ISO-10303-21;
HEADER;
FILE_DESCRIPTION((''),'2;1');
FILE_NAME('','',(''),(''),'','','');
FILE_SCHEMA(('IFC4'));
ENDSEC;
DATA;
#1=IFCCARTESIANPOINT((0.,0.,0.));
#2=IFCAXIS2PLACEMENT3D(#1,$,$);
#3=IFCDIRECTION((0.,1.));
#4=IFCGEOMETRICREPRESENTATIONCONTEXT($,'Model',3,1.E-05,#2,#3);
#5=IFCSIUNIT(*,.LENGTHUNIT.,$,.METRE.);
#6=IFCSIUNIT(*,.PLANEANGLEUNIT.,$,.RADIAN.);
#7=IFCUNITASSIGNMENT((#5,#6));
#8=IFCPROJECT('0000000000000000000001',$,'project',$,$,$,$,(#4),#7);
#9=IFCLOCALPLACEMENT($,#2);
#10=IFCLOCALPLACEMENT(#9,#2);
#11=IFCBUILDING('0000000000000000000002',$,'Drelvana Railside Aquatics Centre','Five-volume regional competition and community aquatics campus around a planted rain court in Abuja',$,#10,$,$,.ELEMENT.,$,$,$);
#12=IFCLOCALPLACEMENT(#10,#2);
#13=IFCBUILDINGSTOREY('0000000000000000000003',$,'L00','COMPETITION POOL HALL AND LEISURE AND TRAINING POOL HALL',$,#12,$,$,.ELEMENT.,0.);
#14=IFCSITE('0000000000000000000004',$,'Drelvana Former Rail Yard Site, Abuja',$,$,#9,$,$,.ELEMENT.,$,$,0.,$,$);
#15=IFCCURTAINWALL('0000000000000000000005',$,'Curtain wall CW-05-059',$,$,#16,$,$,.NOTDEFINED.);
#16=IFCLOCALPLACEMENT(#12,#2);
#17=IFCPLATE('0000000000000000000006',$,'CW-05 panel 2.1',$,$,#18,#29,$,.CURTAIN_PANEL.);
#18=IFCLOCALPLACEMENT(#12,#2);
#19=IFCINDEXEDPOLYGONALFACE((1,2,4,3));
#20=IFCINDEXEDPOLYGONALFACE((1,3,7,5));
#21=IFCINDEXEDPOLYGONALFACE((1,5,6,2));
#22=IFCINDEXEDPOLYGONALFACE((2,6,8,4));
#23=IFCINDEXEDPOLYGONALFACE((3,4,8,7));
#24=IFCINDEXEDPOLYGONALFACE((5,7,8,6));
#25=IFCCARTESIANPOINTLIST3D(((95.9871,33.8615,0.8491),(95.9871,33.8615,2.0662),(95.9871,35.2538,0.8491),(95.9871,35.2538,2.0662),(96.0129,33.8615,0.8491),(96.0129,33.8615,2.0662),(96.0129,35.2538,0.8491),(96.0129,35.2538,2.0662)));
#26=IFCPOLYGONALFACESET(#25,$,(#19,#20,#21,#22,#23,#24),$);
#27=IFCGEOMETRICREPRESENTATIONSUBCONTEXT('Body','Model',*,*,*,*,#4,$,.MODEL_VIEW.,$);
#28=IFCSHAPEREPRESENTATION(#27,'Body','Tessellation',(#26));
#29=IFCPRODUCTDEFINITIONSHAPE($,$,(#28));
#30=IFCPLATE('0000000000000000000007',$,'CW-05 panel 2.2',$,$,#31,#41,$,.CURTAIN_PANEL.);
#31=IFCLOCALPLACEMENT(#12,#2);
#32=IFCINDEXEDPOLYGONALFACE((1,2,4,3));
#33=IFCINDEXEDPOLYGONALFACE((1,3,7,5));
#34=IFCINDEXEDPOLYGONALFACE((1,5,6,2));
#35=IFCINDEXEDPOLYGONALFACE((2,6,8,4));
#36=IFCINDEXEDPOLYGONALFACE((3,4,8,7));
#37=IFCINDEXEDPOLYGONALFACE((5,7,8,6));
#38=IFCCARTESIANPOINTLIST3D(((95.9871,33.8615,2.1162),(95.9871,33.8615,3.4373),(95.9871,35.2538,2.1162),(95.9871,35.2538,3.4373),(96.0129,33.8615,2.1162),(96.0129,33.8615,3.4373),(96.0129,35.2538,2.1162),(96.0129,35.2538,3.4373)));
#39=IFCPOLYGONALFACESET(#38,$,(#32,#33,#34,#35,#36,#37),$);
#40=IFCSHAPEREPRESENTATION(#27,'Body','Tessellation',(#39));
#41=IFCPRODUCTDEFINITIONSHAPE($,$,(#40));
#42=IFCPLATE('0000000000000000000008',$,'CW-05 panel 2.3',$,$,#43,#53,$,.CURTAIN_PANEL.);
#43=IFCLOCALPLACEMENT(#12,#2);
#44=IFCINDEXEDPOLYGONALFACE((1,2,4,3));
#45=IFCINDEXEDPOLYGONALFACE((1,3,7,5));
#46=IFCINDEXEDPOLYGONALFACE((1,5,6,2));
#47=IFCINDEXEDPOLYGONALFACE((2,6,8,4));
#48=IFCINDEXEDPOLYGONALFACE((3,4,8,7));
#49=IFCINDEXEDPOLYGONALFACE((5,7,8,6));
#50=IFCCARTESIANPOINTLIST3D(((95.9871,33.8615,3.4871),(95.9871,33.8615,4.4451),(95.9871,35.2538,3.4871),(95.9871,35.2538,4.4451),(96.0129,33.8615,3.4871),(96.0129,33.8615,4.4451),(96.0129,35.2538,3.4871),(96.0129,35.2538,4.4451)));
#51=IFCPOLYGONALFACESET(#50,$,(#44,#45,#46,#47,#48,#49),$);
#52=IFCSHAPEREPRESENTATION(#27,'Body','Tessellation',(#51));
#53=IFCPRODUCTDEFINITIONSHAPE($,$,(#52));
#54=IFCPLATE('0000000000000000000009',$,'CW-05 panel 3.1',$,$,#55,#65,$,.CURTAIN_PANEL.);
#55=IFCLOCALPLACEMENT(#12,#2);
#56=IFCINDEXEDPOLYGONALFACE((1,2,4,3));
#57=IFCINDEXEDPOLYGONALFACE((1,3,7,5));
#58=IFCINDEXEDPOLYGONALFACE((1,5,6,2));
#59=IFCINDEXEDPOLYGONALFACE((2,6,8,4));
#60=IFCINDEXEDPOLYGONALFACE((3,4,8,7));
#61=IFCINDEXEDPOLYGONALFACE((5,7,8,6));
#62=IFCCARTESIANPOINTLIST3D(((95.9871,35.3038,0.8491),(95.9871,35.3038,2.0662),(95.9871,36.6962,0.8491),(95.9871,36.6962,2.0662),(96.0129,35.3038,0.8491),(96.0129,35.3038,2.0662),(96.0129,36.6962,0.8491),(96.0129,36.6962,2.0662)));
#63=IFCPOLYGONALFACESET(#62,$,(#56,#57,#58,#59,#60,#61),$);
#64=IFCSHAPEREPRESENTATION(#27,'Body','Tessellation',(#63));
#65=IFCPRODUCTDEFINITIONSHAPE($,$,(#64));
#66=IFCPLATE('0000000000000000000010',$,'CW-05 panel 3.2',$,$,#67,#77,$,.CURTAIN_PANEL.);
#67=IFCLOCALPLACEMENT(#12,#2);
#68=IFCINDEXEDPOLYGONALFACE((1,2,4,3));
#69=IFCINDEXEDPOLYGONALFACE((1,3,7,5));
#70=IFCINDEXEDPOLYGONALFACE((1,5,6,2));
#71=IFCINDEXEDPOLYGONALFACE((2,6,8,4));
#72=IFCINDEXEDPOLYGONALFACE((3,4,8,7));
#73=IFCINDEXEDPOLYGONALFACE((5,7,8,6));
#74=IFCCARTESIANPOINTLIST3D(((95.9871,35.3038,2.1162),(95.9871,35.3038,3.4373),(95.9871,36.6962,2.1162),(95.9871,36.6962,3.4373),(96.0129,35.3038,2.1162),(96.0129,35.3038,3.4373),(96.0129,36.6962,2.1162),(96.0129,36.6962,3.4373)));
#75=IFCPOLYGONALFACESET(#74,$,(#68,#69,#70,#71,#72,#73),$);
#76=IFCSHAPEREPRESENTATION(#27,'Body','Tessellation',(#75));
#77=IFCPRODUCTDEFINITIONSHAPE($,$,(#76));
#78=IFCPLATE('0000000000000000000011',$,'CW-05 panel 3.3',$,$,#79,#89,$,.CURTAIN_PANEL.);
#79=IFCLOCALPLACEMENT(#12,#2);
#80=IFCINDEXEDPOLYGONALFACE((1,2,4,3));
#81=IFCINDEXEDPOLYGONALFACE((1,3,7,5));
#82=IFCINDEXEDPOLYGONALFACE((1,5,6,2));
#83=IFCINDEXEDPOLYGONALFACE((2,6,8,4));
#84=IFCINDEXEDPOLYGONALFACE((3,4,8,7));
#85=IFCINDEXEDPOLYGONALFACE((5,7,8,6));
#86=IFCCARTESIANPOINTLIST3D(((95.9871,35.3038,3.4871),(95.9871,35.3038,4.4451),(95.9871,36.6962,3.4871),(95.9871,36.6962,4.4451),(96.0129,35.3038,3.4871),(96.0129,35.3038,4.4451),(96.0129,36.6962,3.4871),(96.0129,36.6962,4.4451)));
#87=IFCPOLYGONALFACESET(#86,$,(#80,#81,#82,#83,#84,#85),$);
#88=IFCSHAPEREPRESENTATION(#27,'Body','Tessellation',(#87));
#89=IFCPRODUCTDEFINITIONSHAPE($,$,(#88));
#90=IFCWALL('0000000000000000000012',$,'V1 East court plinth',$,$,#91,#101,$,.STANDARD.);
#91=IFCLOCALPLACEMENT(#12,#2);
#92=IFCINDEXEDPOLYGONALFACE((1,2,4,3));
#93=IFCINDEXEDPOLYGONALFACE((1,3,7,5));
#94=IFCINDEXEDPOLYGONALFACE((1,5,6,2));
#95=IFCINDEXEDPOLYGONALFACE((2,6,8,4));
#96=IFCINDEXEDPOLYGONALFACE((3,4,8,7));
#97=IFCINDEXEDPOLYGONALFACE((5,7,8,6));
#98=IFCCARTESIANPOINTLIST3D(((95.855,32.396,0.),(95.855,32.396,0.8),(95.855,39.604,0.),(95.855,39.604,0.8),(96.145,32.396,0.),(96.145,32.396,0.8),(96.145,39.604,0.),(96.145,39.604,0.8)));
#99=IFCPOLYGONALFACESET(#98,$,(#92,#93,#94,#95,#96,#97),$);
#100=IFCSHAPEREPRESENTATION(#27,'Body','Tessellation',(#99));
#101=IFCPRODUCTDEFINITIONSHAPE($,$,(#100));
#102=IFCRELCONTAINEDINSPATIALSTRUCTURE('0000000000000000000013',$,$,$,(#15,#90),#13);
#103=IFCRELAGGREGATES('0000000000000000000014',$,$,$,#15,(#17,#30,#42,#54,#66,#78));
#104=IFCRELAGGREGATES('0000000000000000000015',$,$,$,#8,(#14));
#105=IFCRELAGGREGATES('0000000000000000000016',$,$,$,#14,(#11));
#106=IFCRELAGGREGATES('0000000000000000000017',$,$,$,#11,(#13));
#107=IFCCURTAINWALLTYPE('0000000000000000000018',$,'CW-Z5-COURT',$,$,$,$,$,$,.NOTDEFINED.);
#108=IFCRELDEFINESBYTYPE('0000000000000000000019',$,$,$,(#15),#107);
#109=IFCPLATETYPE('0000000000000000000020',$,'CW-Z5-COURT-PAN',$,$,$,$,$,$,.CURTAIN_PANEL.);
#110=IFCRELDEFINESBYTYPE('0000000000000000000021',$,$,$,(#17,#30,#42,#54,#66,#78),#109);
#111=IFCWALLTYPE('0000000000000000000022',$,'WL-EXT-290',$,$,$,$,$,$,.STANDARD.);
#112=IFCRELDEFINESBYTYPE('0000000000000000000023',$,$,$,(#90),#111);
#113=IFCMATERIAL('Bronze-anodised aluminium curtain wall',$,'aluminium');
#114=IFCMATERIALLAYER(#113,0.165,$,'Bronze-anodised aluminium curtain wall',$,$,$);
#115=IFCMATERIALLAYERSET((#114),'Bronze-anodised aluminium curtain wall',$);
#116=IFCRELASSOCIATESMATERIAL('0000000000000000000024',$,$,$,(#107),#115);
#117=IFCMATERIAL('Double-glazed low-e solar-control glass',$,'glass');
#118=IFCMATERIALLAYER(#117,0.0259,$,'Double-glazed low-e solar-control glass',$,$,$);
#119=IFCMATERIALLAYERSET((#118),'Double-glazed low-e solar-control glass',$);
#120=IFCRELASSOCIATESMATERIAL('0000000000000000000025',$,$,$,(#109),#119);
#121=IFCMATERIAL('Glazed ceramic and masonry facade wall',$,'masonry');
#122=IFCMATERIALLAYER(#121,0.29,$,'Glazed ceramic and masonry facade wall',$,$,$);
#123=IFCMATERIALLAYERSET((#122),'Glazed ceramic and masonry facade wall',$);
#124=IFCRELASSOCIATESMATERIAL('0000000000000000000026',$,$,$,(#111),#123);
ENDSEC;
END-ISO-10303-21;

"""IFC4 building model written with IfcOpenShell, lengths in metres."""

from ifc_helpers import new_model, si_unit, direction, frame, frame_2d, origin, origin_2d, place, context, subcontext, project, spatial, rectangle, extrude, material, layer, layer_set, type_object, element, aggregate, save


model = new_model("IFC4")

# Units and contexts
model_context = context("Model", 3, precision=1e-05, world=origin(), true_north=direction((0.0, 1.0)))
body_context = subcontext(model_context, "Body", "Model", "MODEL_VIEW")
ifc_project = project(units=[si_unit("LENGTHUNIT", "METRE"), si_unit("PLANEANGLEUNIT", "RADIAN")], contexts=[model_context])

# Site, building, storey
site_placement = place(None, origin())
site = spatial("IfcSite", under=ifc_project, at=site_placement, Name="Drelvana Former Rail Yard Site, Abuja", CompositionType="ELEMENT", RefElevation=0.0)
building_placement = place(site_placement, origin())
building = spatial("IfcBuilding", under=site, at=building_placement, Name="Drelvana Railside Aquatics Centre", Description="Five-volume regional competition and community aquatics campus around a planted rain court in Abuja", CompositionType="ELEMENT")
storey_placement = place(building_placement, origin())
storey = spatial("IfcBuildingStorey", under=building, at=storey_placement, Name="L00", Description="COMPETITION POOL HALL AND LEISURE AND TRAINING POOL HALL", CompositionType="ELEMENT", Elevation=0.0)

# Curtain wall
ifc_material_1 = material(Name="Bronze-anodised aluminium curtain wall", Category="aluminium")
ifc_layer_1 = layer(ifc_material_1, 0.165, Name="Bronze-anodised aluminium curtain wall")
ifc_layer_set_1 = layer_set([ifc_layer_1], Name="Bronze-anodised aluminium curtain wall")
curtain_wall_type = type_object("IfcCurtainWallType", Name="CW-Z5-COURT", PredefinedType="NOTDEFINED", material=ifc_layer_set_1)
curtain_wall_placement = place(storey_placement, origin())
curtain_wall = element("IfcCurtainWall", 1, at=curtain_wall_placement, inside=storey, type_object=curtain_wall_type, Name="Curtain wall CW-05-059", PredefinedType="NOTDEFINED")

# Plates
ifc_material_2 = material(Name="Double-glazed low-e solar-control glass", Category="glass")
ifc_layer_2 = layer(ifc_material_2, 0.0259, Name="Double-glazed low-e solar-control glass")
ifc_layer_set_2 = layer_set([ifc_layer_2], Name="Double-glazed low-e solar-control glass")
plate_type = type_object("IfcPlateType", Name="CW-Z5-COURT-PAN", PredefinedType="CURTAIN_PANEL", material=ifc_layer_set_2)
plate_1_placement = place(storey_placement, frame((96.0, 34.5576, 0.8491), z_axis=(0.0, 0.0, 1.0), x_axis=(0.0, 1.0, 0.0)))
plate_1 = element("IfcPlate", 2, at=plate_1_placement, type_object=plate_type, Name="CW-05 panel 2.1", PredefinedType="CURTAIN_PANEL", context=body_context, shape_type="SweptSolid", body=[
    extrude(rectangle(XDim=1.3923, YDim=0.0259, at=origin_2d()), origin(), (0.0, 0.0, 1.0), 1.217),
])
plate_2_placement = place(storey_placement, frame((96.0, 34.5576, 2.1162), z_axis=(0.0, 0.0, 1.0), x_axis=(0.0, 1.0, 0.0)))
plate_2 = element("IfcPlate", 3, at=plate_2_placement, type_object=plate_type, Name="CW-05 panel 2.2", PredefinedType="CURTAIN_PANEL", context=body_context, shape_type="SweptSolid", body=[
    extrude(rectangle(XDim=1.3923, YDim=0.0259, at=origin_2d()), origin(), (0.0, 0.0, 1.0), 1.321),
])
plate_3_placement = place(storey_placement, frame((96.0, 34.5576, 3.4871), z_axis=(0.0, 0.0, 1.0), x_axis=(0.0, 1.0, 0.0)))
plate_3 = element("IfcPlate", 4, at=plate_3_placement, type_object=plate_type, Name="CW-05 panel 2.3", PredefinedType="CURTAIN_PANEL", context=body_context, shape_type="SweptSolid", body=[
    extrude(rectangle(XDim=1.3923, YDim=0.0259, at=origin_2d()), origin(), (0.0, 0.0, 1.0), 0.958),
])
plate_4_placement = place(storey_placement, frame((96.0, 36.0, 0.8491), z_axis=(0.0, 0.0, 1.0), x_axis=(0.0, 1.0, 0.0)))
plate_4 = element("IfcPlate", 5, at=plate_4_placement, type_object=plate_type, Name="CW-05 panel 3.1", PredefinedType="CURTAIN_PANEL", context=body_context, shape_type="SweptSolid", body=[
    extrude(rectangle(XDim=1.3923, YDim=0.0259, at=origin_2d()), origin(), (0.0, 0.0, 1.0), 1.217),
])
plate_5_placement = place(storey_placement, frame((96.0, 36.0, 2.1162), z_axis=(0.0, 0.0, 1.0), x_axis=(0.0, 1.0, 0.0)))
plate_5 = element("IfcPlate", 6, at=plate_5_placement, type_object=plate_type, Name="CW-05 panel 3.2", PredefinedType="CURTAIN_PANEL", context=body_context, shape_type="SweptSolid", body=[
    extrude(rectangle(XDim=1.3923, YDim=0.0259, at=origin_2d()), origin(), (0.0, 0.0, 1.0), 1.321),
])
plate_6_placement = place(storey_placement, frame((96.0, 36.0, 3.4871), z_axis=(0.0, 0.0, 1.0), x_axis=(0.0, 1.0, 0.0)))
plate_6 = element("IfcPlate", 7, at=plate_6_placement, type_object=plate_type, Name="CW-05 panel 3.3", PredefinedType="CURTAIN_PANEL", context=body_context, shape_type="SweptSolid", body=[
    extrude(rectangle(XDim=1.3923, YDim=0.0259, at=origin_2d()), origin(), (0.0, 0.0, 1.0), 0.958),
])
aggregate(curtain_wall, [plate_1, plate_2, plate_3, plate_4, plate_5, plate_6])

# Wall
ifc_material_3 = material(Name="Glazed ceramic and masonry facade wall", Category="masonry")
ifc_layer_3 = layer(ifc_material_3, 0.29, Name="Glazed ceramic and masonry facade wall")
ifc_layer_set_3 = layer_set([ifc_layer_3], Name="Glazed ceramic and masonry facade wall")
wall_type = type_object("IfcWallType", Name="WL-EXT-290", PredefinedType="STANDARD", material=ifc_layer_set_3)
wall_placement = place(storey_placement, frame((96.0, 32.396, 0.0), z_axis=(0.0, 0.0, 1.0), x_axis=(0.0, 1.0, 0.0)))
element("IfcWall", 8, at=wall_placement, inside=storey, type_object=wall_type, Name="V1 East court plinth", PredefinedType="STANDARD", context=body_context, shape_type="SweptSolid", body=[
    extrude(rectangle(XDim=7.208, YDim=0.29, at=frame_2d((3.604, 0.0))), origin(), (0.0, 0.0, 1.0), 0.8),
])

save(model, "model.ifc")
